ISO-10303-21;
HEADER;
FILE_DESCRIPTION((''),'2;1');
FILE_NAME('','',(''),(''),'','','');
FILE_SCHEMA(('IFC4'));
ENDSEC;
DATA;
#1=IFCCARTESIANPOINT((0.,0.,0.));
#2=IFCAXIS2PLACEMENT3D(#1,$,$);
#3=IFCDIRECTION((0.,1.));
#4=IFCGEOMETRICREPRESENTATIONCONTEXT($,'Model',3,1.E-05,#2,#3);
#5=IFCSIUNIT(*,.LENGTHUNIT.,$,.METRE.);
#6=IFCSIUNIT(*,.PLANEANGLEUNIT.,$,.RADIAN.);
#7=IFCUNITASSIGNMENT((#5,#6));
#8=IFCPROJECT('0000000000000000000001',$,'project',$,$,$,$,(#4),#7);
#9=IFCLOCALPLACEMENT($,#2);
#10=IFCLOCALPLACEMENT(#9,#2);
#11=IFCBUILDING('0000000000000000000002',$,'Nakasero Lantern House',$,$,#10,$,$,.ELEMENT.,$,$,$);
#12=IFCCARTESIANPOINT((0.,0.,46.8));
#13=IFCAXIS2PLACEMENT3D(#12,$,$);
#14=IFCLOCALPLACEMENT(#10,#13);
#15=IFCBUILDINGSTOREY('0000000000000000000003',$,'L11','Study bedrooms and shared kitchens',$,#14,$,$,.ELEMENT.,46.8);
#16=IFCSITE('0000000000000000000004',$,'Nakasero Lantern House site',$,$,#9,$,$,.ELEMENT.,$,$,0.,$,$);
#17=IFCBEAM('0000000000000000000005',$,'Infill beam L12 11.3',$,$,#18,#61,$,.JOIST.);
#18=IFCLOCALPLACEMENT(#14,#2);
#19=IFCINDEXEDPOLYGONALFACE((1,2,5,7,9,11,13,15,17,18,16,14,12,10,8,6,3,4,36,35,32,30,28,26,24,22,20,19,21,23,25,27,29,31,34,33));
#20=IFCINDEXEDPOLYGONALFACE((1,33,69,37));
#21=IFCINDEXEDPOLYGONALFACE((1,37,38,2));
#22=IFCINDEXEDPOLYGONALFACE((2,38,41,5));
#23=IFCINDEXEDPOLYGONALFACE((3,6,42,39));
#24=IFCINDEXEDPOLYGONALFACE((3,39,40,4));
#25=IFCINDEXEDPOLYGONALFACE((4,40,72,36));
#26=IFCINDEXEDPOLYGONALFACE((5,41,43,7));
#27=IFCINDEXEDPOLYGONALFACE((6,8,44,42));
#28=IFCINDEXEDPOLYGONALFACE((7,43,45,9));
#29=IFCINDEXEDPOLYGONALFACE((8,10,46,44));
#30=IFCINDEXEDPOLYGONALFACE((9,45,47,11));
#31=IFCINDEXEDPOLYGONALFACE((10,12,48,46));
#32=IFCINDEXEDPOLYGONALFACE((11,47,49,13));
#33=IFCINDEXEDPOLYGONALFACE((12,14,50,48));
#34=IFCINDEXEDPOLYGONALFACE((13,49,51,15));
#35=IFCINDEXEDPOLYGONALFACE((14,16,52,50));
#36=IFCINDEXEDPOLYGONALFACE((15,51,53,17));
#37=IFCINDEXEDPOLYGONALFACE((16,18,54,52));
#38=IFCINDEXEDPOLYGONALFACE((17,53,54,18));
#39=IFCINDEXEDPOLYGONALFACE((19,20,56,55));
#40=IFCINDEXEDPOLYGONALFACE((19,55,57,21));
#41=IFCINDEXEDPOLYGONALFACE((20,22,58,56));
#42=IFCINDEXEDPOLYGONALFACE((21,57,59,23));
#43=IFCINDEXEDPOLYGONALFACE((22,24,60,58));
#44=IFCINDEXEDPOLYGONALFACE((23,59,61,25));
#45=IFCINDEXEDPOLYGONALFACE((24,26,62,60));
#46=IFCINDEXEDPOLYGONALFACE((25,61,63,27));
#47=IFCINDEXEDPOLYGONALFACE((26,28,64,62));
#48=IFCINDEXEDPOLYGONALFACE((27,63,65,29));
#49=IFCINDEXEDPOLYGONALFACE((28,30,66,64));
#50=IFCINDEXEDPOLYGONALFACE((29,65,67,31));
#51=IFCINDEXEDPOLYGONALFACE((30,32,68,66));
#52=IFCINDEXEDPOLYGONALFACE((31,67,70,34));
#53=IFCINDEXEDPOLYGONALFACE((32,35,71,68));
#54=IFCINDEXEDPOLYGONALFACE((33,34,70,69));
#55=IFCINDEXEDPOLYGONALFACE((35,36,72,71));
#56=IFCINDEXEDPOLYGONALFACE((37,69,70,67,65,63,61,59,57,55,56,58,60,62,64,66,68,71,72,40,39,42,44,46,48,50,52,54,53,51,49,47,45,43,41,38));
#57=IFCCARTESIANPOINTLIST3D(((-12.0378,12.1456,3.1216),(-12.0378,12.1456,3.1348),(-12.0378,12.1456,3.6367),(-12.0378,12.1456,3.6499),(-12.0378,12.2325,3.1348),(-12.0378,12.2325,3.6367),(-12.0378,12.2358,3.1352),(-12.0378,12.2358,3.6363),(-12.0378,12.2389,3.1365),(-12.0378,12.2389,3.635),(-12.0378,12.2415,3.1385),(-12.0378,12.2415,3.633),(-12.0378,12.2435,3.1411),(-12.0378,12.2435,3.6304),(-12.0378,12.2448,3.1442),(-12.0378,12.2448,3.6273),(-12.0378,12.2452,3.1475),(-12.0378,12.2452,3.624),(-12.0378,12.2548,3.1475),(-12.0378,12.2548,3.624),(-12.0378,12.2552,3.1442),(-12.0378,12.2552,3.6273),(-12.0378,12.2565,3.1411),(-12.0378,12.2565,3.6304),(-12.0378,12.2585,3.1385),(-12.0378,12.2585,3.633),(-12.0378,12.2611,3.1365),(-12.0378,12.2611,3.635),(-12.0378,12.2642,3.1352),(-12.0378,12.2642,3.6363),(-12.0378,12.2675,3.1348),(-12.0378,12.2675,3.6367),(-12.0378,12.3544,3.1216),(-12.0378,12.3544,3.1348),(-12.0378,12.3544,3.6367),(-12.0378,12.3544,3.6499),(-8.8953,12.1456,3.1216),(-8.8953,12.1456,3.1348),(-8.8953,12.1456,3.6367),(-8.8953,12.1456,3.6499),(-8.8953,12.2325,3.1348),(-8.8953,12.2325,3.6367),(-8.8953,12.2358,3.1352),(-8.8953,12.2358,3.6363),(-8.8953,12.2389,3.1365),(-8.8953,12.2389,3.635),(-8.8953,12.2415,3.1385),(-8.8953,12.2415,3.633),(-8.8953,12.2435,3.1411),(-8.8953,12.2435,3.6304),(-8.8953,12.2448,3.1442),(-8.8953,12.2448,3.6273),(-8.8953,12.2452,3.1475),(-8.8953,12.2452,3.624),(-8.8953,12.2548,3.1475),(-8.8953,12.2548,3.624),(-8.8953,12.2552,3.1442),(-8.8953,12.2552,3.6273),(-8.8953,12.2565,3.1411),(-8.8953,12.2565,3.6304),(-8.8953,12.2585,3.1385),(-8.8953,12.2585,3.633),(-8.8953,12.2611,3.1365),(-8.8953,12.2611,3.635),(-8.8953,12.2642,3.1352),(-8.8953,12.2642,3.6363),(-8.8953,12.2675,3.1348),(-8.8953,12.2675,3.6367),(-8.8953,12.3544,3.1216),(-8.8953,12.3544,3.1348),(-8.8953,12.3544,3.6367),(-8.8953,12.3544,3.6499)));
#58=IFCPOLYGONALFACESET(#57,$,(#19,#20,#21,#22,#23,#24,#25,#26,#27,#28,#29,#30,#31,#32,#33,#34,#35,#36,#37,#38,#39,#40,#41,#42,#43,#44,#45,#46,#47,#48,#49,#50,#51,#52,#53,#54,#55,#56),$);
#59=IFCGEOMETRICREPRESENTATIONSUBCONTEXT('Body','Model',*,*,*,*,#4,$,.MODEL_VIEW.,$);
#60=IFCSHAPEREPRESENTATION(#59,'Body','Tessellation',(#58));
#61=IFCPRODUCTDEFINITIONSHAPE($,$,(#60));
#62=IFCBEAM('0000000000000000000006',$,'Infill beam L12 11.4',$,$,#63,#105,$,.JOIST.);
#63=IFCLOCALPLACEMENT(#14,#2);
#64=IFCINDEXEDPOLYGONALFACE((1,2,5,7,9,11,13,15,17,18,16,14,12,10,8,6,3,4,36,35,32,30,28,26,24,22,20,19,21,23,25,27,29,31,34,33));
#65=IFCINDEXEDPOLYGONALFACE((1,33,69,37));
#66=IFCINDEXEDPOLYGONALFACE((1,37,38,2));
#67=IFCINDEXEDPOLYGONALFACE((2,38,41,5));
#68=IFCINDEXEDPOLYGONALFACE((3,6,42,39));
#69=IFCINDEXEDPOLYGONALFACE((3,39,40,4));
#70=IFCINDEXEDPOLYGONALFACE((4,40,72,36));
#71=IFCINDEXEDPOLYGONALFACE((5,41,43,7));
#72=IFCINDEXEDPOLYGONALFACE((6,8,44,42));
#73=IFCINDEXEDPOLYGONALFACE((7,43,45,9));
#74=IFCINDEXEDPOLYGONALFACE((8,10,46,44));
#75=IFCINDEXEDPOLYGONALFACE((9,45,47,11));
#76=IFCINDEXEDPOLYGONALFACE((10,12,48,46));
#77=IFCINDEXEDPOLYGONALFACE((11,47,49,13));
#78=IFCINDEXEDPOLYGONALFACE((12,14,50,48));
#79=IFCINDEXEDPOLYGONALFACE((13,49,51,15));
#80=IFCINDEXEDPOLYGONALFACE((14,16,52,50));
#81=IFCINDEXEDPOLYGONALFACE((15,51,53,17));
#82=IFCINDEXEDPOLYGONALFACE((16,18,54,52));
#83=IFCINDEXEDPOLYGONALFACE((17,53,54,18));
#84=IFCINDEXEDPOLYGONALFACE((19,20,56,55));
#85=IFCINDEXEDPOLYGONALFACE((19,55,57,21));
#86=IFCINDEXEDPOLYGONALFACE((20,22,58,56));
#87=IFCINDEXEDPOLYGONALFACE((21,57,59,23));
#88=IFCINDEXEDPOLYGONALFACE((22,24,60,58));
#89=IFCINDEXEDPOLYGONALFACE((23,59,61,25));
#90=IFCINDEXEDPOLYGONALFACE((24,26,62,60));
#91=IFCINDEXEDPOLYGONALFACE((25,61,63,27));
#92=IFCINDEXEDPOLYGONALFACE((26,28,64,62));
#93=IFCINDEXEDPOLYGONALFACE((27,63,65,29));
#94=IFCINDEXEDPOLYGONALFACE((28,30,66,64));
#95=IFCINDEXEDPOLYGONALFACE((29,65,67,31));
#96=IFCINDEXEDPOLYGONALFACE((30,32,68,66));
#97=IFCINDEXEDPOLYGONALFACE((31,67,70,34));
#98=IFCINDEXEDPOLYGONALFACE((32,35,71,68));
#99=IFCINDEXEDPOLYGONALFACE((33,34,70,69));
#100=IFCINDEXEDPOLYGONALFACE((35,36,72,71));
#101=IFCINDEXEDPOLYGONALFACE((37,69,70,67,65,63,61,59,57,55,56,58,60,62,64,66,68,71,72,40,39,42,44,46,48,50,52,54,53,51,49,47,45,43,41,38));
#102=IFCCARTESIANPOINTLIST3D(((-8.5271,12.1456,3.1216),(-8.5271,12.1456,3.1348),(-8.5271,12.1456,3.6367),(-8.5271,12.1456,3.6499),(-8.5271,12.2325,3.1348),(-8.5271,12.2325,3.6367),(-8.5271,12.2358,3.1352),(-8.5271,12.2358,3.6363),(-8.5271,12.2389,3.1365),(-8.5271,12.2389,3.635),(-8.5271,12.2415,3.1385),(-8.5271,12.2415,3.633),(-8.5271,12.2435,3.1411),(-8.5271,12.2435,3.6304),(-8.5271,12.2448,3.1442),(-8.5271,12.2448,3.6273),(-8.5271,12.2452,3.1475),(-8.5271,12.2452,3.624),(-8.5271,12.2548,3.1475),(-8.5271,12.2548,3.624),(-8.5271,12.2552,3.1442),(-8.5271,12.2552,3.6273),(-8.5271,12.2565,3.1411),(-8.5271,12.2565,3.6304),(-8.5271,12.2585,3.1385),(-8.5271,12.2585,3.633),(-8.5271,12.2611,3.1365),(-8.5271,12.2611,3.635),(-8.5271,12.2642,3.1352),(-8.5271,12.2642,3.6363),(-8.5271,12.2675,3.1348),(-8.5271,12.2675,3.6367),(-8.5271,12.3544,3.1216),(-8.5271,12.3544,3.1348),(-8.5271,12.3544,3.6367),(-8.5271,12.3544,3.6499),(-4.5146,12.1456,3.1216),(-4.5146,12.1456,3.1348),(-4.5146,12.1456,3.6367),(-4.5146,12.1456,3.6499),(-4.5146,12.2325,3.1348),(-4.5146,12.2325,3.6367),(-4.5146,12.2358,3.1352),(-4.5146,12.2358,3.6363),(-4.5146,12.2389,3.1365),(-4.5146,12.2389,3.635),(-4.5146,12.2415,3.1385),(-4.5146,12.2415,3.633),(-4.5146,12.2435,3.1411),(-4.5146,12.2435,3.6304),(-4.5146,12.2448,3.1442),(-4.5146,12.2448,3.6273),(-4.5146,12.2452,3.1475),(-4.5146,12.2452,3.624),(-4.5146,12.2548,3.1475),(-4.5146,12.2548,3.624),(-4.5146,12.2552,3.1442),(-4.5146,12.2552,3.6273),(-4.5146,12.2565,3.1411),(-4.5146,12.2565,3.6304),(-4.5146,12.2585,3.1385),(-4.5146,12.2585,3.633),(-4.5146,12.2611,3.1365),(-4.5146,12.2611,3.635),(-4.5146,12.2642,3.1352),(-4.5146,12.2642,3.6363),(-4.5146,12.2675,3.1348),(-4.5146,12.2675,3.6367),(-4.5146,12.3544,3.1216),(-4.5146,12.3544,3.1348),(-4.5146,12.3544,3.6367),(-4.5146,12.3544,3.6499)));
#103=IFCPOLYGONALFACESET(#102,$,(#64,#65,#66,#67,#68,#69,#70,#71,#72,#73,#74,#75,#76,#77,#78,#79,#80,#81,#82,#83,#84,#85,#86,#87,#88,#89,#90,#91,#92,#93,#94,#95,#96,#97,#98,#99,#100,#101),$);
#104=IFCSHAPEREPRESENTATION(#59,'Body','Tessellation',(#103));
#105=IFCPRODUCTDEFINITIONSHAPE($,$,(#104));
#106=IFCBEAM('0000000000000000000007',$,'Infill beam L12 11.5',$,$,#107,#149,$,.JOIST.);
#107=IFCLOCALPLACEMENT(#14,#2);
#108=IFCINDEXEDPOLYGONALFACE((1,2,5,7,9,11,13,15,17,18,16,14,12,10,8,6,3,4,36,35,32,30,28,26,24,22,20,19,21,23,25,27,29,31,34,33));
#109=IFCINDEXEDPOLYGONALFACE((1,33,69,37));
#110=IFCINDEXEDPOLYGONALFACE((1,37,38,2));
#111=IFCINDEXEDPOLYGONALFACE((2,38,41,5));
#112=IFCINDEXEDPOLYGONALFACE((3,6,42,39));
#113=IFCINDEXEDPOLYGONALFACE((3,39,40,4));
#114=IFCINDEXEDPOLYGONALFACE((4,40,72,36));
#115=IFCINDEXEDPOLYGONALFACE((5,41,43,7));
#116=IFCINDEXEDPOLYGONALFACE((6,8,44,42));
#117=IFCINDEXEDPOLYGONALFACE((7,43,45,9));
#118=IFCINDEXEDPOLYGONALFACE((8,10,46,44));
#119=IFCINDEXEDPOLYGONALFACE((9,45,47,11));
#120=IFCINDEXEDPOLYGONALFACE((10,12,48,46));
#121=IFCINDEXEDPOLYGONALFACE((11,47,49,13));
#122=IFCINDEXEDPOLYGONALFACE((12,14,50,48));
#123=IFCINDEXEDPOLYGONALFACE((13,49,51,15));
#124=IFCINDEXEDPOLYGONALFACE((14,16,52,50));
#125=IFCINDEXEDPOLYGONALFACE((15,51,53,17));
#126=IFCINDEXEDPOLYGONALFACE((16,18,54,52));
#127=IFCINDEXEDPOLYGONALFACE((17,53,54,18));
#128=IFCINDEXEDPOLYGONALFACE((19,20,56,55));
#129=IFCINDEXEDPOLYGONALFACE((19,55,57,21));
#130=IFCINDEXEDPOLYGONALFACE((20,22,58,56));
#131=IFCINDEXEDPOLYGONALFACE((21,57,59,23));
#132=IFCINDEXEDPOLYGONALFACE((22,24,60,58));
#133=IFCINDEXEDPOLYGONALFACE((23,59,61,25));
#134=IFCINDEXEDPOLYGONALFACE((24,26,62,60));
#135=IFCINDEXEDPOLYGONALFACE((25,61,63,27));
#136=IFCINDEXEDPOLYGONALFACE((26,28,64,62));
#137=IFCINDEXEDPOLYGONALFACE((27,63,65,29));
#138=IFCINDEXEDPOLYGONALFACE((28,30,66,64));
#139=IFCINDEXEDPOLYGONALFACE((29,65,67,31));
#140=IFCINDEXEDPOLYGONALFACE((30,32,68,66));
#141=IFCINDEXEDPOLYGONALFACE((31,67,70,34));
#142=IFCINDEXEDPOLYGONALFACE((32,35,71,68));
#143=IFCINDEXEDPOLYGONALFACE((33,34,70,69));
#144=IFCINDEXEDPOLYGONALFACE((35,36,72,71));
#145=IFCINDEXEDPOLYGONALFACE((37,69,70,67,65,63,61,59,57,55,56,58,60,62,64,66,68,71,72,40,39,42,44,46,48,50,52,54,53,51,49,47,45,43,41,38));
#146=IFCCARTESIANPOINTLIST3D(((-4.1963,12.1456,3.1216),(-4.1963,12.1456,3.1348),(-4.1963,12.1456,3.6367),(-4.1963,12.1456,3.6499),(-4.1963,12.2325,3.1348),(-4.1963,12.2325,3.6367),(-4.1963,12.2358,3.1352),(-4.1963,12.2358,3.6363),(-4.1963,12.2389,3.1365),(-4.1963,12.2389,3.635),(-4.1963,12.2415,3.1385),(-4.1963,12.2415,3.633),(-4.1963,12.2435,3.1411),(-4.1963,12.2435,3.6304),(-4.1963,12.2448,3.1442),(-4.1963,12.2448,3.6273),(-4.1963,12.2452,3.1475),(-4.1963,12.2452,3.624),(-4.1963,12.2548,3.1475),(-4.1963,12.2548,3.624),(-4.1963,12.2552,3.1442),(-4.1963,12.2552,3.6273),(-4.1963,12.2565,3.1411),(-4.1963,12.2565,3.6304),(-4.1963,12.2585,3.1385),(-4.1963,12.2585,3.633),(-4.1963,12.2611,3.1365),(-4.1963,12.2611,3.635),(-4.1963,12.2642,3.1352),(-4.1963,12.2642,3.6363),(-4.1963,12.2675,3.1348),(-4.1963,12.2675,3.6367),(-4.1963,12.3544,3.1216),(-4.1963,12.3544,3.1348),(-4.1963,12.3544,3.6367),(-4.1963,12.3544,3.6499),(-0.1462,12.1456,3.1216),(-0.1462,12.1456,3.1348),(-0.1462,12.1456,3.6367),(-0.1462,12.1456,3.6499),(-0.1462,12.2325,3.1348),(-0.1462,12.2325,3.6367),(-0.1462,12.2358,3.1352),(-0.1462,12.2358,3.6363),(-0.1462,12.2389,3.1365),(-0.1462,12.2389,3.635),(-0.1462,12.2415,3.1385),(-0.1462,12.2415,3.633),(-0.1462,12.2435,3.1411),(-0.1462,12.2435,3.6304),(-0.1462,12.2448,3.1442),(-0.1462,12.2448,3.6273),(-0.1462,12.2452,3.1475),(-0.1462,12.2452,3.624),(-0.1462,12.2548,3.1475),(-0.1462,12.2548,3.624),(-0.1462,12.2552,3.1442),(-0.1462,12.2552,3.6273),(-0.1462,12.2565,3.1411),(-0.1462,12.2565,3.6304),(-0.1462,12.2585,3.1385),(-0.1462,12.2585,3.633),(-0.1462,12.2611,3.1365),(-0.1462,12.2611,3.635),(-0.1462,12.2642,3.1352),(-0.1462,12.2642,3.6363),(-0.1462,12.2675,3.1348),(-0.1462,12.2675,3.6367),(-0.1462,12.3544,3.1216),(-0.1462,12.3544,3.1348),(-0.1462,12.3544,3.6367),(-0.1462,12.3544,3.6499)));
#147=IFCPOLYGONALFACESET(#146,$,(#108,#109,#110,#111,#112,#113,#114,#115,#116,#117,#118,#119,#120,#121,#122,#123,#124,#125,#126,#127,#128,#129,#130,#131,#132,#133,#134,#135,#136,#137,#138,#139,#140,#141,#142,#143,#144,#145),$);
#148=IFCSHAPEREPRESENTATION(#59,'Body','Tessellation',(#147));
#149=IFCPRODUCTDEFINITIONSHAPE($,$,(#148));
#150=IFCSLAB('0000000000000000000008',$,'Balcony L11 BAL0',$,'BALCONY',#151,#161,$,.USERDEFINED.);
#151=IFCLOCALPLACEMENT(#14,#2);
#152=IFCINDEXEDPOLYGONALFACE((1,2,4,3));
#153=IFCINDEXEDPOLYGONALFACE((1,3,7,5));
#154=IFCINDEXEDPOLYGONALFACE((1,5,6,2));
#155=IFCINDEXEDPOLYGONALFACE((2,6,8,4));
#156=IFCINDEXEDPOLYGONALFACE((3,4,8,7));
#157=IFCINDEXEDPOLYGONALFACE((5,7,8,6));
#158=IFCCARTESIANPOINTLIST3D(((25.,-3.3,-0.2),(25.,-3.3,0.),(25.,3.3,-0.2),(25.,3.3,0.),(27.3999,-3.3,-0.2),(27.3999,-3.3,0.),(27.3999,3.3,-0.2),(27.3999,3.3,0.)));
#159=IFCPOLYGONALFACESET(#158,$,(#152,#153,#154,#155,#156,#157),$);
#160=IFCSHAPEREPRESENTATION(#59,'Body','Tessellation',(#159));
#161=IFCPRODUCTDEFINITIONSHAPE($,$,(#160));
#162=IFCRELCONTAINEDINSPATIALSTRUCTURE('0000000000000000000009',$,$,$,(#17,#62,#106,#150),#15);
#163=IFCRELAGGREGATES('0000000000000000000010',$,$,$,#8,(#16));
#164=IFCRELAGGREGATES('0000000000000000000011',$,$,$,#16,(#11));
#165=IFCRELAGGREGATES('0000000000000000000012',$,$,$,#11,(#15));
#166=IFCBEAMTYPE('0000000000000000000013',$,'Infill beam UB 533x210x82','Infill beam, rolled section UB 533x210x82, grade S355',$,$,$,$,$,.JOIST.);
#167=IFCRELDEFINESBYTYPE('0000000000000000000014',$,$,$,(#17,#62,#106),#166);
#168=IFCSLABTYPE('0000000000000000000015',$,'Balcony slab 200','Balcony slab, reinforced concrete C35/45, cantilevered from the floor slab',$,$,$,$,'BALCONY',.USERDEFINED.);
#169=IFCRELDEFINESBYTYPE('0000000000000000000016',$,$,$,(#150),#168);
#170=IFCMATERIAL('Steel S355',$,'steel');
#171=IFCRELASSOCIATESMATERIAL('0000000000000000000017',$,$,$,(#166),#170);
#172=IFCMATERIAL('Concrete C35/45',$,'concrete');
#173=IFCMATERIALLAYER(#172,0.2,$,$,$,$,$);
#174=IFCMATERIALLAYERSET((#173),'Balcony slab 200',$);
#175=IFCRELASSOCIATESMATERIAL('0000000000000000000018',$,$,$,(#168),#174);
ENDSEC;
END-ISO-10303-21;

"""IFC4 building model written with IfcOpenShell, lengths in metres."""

from ifc_helpers import new_model, si_unit, direction, frame, origin, origin_2d, place, context, subcontext, project, spatial, polyline, i_section, outline, extrude, material, layer, layer_set, material_profile, profile_set, type_object, element, save


model = new_model("IFC4")

# Units and contexts
model_context = context("Model", 3, precision=1e-05, world=origin(), true_north=direction((0.0, 1.0)))
body_context = subcontext(model_context, "Body", "Model", "MODEL_VIEW")
ifc_project = project(units=[si_unit("LENGTHUNIT", "METRE"), si_unit("PLANEANGLEUNIT", "RADIAN")], contexts=[model_context])

# Site, building, storey
site_placement = place(None, origin())
site = spatial("IfcSite", under=ifc_project, at=site_placement, Name="Nakasero Lantern House site", CompositionType="ELEMENT", RefElevation=0.0)
building_placement = place(site_placement, origin())
building = spatial("IfcBuilding", under=site, at=building_placement, Name="Nakasero Lantern House", CompositionType="ELEMENT")
storey_placement = place(building_placement, frame((0.0, 0.0, 46.8)))
storey = spatial("IfcBuildingStorey", under=building, at=storey_placement, Name="L11", Description="Study bedrooms and shared kitchens", CompositionType="ELEMENT", Elevation=46.8)

# Beams
ifc_material_1 = material(Name="Steel S355", Category="steel")
ifc_material_profile_1 = material_profile(ifc_material_1, i_section(OverallWidth=0.2087, OverallDepth=0.5283, WebThickness=0.0095, FlangeThickness=0.0132, FilletRadius=0.0127, at=origin_2d()), Name="UB 533x210x82")
ifc_profile_set_1 = profile_set([ifc_material_profile_1], Name="Steel S355")
beam_type_1 = type_object("IfcBeamType", Name="Infill beam UB 533x210x82", Description="Infill beam, rolled section UB 533x210x82, grade S355", PredefinedType="JOIST", material=ifc_profile_set_1)
beam_1_placement = place(storey_placement, frame((-12.0378, 12.25, 3.3857), z_axis=(1.0, 0.0, 0.0), x_axis=(0.0, 1.0, 0.0)))
element("IfcBeam", 1, at=beam_1_placement, inside=storey, type_object=beam_type_1, Name="Infill beam L12 11.3", PredefinedType="JOIST", context=body_context, shape_type="SweptSolid", body=[
    extrude(i_section(OverallWidth=0.2087, OverallDepth=0.5283, WebThickness=0.0095, FlangeThickness=0.0132, FilletRadius=0.0127, at=origin_2d()), origin(), (0.0, 0.0, 1.0), 3.1426),
])
beam_2_placement = place(storey_placement, frame((-8.5271, 12.25, 3.3857), z_axis=(1.0, 0.0, 0.0), x_axis=(0.0, 1.0, 0.0)))
element("IfcBeam", 2, at=beam_2_placement, inside=storey, type_object=beam_type_1, Name="Infill beam L12 11.4", PredefinedType="JOIST", context=body_context, shape_type="SweptSolid", body=[
    extrude(i_section(OverallWidth=0.2087, OverallDepth=0.5283, WebThickness=0.0095, FlangeThickness=0.0132, FilletRadius=0.0127, at=origin_2d()), origin(), (0.0, 0.0, 1.0), 4.0125),
])
beam_3_placement = place(storey_placement, frame((-4.1963, 12.25, 3.3857), z_axis=(1.0, 0.0, 0.0), x_axis=(0.0, 1.0, 0.0)))
element("IfcBeam", 3, at=beam_3_placement, inside=storey, type_object=beam_type_1, Name="Infill beam L12 11.5", PredefinedType="JOIST", context=body_context, shape_type="SweptSolid", body=[
    extrude(i_section(OverallWidth=0.2087, OverallDepth=0.5283, WebThickness=0.0095, FlangeThickness=0.0132, FilletRadius=0.0127, at=origin_2d()), origin(), (0.0, 0.0, 1.0), 4.05),
])

# Slab
ifc_material_2 = material(Name="Concrete C35/45", Category="concrete")
ifc_layer_1 = layer(ifc_material_2, 0.2)
ifc_layer_set_1 = layer_set([ifc_layer_1], Name="Balcony slab 200")
slab_type_1 = type_object("IfcSlabType", Name="Balcony slab 200", Description="Balcony slab, reinforced concrete C35/45, cantilevered from the floor slab", ElementType="BALCONY", PredefinedType="USERDEFINED", material=ifc_layer_set_1)
slab_1_placement = place(storey_placement, frame((0.0, 0.0, -0.2)))
element("IfcSlab", 4, at=slab_1_placement, inside=storey, type_object=slab_type_1, Name="Balcony L11 BAL0", ObjectType="BALCONY", PredefinedType="USERDEFINED", context=body_context, shape_type="SweptSolid", body=[
    extrude(outline(polyline([(25.0, -3.3), (27.3999, -3.3), (27.3999, 3.3), (25.0, 3.3), (25.0, -3.3)])), origin(), (0.0, 0.0, 1.0), 0.2),
])

save(model, "model.ifc")
